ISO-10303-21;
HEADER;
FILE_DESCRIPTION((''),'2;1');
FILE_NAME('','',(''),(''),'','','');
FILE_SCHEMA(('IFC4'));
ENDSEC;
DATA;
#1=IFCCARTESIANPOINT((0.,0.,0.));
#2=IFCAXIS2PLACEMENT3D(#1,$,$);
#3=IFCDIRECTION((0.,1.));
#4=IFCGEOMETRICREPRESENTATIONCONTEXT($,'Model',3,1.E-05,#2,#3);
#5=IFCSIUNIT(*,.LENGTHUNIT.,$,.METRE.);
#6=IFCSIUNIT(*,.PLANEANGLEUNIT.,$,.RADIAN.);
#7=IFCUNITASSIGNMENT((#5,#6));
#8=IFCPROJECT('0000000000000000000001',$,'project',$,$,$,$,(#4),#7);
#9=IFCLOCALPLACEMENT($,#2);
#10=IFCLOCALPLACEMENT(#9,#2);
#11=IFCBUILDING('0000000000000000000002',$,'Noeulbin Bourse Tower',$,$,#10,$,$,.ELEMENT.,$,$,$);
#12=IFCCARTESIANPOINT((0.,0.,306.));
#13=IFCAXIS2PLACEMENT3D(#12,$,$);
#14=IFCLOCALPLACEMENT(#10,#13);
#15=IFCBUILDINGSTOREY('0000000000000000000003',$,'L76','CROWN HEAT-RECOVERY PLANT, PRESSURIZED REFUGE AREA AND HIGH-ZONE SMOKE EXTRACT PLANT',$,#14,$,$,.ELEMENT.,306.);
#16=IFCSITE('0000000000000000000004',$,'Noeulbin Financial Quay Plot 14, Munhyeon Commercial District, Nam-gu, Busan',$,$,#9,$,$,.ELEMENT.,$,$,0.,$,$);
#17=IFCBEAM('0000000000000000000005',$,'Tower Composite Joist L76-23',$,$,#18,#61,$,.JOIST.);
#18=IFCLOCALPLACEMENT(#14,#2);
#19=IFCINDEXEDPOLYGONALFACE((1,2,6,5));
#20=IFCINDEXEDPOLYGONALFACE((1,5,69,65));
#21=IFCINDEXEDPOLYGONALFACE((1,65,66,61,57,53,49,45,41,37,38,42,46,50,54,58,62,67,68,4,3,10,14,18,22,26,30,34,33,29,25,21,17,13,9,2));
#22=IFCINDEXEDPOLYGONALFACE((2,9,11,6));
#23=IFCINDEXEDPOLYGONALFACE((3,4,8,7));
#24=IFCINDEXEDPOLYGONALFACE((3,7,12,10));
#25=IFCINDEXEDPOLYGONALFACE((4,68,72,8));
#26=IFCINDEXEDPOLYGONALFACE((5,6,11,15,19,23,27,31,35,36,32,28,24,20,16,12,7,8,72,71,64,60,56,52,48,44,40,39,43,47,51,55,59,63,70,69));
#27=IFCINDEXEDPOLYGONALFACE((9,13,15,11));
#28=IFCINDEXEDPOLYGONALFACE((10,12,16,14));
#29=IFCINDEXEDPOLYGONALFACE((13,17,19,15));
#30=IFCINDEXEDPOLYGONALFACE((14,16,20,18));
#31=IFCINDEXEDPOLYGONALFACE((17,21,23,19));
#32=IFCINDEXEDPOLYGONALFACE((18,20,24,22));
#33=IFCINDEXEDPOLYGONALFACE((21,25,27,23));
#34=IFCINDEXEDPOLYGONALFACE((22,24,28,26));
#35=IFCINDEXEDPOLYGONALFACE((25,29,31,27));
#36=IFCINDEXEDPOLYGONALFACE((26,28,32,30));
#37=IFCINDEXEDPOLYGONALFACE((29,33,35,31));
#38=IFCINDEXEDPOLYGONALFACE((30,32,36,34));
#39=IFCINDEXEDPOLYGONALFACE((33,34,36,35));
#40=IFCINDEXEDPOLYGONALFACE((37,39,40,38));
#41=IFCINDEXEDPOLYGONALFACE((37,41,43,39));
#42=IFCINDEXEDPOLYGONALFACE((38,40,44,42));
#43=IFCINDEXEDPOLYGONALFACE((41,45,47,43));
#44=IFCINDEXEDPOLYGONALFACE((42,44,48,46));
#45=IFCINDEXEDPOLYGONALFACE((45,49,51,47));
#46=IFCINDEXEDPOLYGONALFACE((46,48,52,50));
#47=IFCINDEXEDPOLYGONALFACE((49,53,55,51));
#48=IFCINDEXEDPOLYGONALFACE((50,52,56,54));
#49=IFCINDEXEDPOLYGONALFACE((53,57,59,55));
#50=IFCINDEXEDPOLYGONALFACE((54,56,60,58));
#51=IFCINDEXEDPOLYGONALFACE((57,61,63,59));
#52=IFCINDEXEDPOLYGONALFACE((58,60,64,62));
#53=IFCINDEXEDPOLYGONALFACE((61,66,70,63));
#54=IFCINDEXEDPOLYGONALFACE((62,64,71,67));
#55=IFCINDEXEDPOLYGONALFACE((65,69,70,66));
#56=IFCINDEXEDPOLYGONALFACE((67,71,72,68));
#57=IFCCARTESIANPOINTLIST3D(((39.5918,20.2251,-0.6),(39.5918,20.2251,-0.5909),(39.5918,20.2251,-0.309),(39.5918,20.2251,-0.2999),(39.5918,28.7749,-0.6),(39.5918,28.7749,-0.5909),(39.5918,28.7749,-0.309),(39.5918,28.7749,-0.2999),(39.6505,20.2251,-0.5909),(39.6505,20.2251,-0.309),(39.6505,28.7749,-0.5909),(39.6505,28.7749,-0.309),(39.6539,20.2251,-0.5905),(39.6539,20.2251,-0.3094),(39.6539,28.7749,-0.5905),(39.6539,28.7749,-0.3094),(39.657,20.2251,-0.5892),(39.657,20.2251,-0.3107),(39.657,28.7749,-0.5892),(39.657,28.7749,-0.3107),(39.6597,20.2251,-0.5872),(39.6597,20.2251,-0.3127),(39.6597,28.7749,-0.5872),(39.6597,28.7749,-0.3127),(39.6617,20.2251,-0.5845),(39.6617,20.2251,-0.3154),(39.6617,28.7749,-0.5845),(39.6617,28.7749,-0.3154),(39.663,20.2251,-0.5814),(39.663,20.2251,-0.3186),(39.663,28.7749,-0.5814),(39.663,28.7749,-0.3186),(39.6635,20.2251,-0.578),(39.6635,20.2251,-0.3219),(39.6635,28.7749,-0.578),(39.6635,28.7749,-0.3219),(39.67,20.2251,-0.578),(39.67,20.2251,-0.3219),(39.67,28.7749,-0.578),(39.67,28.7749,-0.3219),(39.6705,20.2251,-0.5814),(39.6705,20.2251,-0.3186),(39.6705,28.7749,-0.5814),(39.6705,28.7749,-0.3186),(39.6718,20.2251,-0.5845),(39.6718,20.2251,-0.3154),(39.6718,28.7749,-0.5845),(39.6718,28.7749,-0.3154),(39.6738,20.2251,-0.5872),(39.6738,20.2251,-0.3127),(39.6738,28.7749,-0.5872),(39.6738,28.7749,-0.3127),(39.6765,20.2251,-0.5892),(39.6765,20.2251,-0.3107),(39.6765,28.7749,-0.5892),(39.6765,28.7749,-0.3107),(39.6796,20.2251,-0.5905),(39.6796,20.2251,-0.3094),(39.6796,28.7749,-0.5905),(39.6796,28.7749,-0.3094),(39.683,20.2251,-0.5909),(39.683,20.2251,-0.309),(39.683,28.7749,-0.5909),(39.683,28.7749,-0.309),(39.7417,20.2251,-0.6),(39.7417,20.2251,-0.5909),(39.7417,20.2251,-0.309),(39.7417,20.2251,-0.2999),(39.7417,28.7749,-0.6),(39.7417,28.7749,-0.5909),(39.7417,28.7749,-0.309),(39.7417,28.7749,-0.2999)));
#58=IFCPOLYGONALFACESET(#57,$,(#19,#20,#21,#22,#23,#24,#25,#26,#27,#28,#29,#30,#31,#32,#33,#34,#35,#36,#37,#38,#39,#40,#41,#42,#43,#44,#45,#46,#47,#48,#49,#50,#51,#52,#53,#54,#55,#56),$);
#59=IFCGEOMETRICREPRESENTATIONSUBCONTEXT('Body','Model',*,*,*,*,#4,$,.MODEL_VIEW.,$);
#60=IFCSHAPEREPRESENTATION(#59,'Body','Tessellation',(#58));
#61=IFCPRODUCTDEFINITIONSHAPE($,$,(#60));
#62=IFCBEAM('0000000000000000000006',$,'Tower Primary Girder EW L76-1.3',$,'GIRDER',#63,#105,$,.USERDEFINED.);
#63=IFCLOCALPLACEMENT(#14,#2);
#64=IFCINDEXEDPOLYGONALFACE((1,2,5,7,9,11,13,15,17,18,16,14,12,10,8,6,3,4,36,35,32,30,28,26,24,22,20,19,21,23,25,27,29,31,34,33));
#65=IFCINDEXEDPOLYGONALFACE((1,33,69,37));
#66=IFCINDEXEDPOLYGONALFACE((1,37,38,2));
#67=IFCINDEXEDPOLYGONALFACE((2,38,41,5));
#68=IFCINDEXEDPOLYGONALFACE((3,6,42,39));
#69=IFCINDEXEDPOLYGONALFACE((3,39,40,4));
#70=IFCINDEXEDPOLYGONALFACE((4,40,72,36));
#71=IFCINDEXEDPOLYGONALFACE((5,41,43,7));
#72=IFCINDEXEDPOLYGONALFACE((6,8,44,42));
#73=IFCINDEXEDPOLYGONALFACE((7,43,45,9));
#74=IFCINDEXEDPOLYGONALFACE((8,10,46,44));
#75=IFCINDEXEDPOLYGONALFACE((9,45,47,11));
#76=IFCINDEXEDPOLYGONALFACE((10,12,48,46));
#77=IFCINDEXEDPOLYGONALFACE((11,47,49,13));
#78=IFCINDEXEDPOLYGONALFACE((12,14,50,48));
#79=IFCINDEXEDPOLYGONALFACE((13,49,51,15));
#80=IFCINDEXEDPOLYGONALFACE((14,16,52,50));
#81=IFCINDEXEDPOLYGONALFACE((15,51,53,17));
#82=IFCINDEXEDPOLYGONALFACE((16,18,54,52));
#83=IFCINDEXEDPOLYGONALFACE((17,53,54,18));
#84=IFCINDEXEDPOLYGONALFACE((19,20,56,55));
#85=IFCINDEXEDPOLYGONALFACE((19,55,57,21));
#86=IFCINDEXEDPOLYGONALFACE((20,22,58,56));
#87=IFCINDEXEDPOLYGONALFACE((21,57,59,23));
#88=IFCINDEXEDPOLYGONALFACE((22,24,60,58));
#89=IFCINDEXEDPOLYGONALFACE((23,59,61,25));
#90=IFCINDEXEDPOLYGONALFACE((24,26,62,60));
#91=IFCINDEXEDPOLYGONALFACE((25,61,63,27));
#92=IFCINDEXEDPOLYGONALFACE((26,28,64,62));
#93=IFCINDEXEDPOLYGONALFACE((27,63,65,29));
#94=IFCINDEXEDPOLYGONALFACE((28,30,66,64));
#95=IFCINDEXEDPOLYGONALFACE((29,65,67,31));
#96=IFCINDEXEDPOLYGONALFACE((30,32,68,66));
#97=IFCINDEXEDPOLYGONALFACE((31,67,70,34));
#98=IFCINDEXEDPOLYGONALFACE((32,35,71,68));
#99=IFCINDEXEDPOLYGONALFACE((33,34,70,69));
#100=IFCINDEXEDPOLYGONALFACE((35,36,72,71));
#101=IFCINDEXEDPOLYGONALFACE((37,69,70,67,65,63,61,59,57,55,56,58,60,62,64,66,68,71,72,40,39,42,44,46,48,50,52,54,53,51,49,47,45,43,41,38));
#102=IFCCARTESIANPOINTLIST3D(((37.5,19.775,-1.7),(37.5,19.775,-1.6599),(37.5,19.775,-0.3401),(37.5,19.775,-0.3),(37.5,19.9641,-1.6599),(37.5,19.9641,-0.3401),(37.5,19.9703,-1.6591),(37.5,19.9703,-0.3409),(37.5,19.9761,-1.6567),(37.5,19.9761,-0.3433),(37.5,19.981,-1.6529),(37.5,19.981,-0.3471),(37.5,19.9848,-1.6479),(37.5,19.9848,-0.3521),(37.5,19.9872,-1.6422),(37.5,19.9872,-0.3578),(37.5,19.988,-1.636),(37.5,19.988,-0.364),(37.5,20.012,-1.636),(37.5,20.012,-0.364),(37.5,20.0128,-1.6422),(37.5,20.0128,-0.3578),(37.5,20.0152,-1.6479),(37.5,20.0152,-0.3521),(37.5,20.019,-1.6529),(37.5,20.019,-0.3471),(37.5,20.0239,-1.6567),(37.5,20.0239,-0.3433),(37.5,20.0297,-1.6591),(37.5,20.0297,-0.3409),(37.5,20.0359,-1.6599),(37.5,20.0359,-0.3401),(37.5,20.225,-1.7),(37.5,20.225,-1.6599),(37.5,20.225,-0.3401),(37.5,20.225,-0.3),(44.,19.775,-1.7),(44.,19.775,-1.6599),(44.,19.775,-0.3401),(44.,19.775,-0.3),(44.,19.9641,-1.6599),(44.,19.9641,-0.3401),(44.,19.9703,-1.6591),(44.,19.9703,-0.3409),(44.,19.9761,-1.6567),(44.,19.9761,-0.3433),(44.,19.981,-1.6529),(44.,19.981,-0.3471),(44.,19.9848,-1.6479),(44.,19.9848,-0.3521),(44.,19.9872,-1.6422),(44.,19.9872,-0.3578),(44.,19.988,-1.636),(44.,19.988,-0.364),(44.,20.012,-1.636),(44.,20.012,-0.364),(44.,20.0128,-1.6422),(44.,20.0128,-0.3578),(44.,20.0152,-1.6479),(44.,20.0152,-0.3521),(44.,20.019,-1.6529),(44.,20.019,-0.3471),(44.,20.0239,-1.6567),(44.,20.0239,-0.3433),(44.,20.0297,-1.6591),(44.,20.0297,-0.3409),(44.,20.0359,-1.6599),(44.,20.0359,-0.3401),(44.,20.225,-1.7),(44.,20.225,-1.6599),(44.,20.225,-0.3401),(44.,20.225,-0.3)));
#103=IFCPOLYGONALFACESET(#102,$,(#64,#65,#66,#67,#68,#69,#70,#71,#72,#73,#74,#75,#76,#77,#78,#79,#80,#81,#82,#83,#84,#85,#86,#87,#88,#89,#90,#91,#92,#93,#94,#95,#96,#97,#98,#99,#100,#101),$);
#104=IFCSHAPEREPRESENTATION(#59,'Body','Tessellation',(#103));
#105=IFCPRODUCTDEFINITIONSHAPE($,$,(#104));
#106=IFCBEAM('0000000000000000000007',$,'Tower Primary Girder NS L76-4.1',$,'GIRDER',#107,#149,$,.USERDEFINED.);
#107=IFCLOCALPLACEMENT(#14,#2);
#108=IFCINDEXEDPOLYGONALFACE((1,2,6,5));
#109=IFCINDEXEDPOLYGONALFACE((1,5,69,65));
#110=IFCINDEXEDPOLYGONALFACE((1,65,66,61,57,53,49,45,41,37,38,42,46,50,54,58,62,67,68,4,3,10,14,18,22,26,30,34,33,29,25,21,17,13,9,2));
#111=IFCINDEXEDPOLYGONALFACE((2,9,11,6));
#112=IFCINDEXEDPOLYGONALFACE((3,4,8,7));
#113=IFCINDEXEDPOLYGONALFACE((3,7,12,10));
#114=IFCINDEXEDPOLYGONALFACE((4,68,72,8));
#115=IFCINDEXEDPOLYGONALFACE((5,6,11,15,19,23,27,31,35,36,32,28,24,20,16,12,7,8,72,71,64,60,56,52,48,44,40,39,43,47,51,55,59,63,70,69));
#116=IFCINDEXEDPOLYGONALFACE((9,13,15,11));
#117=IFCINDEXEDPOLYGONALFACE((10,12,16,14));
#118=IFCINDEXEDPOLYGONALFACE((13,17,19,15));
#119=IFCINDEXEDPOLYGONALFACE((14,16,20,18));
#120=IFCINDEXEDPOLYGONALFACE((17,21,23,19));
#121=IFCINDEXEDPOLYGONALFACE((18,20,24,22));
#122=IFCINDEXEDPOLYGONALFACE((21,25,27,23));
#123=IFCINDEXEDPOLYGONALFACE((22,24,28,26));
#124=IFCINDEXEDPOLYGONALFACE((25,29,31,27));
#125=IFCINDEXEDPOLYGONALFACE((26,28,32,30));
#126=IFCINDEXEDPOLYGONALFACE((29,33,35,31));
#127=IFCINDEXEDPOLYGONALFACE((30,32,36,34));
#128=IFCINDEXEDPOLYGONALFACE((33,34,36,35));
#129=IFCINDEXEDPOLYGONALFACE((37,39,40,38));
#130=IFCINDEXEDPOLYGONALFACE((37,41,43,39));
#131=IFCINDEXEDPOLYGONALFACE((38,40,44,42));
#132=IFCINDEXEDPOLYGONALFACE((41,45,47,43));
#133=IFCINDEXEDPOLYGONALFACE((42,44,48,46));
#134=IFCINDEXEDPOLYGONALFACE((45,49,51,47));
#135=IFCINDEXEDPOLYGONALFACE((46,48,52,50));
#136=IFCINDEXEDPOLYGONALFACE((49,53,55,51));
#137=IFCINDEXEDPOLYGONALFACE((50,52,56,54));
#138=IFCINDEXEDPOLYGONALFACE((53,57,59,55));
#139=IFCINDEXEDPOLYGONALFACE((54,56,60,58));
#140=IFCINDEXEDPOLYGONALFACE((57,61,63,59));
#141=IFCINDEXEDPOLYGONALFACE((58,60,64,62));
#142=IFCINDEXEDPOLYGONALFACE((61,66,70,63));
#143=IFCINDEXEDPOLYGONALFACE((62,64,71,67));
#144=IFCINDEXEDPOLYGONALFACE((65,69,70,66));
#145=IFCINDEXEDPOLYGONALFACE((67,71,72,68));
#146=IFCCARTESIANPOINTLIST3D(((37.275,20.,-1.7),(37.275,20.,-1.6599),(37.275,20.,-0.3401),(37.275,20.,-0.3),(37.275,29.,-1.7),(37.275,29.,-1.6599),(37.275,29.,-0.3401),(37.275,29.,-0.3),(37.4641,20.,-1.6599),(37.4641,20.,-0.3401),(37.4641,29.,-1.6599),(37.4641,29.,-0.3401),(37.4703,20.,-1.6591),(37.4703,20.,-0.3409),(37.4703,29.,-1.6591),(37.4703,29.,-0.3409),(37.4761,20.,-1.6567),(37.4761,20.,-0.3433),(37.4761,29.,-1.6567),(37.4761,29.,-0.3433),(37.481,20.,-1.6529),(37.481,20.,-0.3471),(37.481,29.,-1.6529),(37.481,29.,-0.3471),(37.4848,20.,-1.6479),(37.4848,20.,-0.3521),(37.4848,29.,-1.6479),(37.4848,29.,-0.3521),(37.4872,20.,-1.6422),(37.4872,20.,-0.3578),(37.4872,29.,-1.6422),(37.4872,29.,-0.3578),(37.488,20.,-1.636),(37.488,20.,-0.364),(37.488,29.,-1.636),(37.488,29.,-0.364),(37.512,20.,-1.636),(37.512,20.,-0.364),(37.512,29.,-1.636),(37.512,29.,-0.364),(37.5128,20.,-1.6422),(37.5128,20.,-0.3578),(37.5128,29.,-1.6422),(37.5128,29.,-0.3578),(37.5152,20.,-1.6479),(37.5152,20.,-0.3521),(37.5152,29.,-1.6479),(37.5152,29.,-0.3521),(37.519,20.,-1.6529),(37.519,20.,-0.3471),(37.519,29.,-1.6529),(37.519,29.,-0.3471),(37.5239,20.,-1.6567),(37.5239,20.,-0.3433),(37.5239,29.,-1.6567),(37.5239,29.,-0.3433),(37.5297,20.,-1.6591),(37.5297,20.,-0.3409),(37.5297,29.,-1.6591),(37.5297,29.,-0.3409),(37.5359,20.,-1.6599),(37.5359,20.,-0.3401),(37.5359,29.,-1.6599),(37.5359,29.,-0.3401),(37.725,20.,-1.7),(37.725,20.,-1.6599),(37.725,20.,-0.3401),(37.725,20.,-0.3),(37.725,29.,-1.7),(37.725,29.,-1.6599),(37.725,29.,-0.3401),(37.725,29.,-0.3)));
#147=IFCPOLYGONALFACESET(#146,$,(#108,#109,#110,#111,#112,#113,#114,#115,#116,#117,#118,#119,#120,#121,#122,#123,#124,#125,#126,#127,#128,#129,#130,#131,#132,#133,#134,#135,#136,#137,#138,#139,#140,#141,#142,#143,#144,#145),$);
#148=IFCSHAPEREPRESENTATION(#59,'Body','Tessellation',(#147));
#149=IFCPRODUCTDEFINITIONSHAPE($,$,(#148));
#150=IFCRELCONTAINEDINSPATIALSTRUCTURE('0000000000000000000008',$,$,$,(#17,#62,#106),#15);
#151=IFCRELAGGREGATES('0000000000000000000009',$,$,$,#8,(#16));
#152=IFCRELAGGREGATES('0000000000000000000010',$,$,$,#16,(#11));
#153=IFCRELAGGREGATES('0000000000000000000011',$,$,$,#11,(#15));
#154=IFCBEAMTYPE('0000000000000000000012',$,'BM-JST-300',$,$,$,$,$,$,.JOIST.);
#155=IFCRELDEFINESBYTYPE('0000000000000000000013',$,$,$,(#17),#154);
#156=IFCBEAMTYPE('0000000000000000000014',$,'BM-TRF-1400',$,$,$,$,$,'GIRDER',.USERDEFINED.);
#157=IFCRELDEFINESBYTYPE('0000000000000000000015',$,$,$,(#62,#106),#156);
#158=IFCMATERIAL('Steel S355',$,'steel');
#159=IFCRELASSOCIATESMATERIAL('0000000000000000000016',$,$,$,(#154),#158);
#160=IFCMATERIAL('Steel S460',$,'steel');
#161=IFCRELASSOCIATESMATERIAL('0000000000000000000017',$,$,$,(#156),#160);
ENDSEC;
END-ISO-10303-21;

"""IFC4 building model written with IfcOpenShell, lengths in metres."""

from ifc_helpers import new_model, si_unit, direction, frame, origin, origin_2d, place, context, subcontext, project, spatial, i_section, extrude, material, material_profile, profile_set, type_object, element, save


model = new_model("IFC4")

# Units and contexts
model_context = context("Model", 3, precision=1e-05, world=origin(), true_north=direction((0.0, 1.0)))
body_context = subcontext(model_context, "Body", "Model", "MODEL_VIEW")
ifc_project = project(units=[si_unit("LENGTHUNIT", "METRE"), si_unit("PLANEANGLEUNIT", "RADIAN")], contexts=[model_context])

# Site, building, storey
site_placement = place(None, origin())
site = spatial("IfcSite", under=ifc_project, at=site_placement, Name="Noeulbin Financial Quay Plot 14, Munhyeon Commercial District, Nam-gu, Busan", CompositionType="ELEMENT", RefElevation=0.0)
building_placement = place(site_placement, origin())
building = spatial("IfcBuilding", under=site, at=building_placement, Name="Noeulbin Bourse Tower", CompositionType="ELEMENT")
storey_placement = place(building_placement, frame((0.0, 0.0, 306.0)))
storey = spatial("IfcBuildingStorey", under=building, at=storey_placement, Name="L76", Description="CROWN HEAT-RECOVERY PLANT, PRESSURIZED REFUGE AREA AND HIGH-ZONE SMOKE EXTRACT PLANT", CompositionType="ELEMENT", Elevation=306.0)

# Shared definitions
ifc_material_1 = material(Name="Steel S355", Category="steel")

# Beams
ifc_material_profile_1 = material_profile(ifc_material_1, i_section(OverallWidth=0.1499, OverallDepth=0.3, WebThickness=0.0066, FlangeThickness=0.009, FilletRadius=0.0129, at=origin_2d()), Name="H-300x150x6.5x9", Category="LoadBearing")
ifc_profile_set_1 = profile_set([ifc_material_profile_1], Name="Steel S355")
beam_type_1 = type_object("IfcBeamType", Name="BM-JST-300", PredefinedType="JOIST", material=ifc_profile_set_1)
for number, where, z_axis, x_axis, name in (
    (1, (39.6667, 20.2251, -0.45), (0.0, 1.0, 0.0), (-1.0, 0.0, 0.0), "Tower Composite Joist L76-23"),
):
    element("IfcBeam", number, at=place(storey_placement, frame(where, z_axis=z_axis, x_axis=x_axis)), inside=storey, type_object=beam_type_1, Name=name, PredefinedType="JOIST", context=body_context, shape_type="SweptSolid", body=[
        extrude(i_section(OverallWidth=0.1499, OverallDepth=0.3, WebThickness=0.0066, FlangeThickness=0.009, FilletRadius=0.0129, at=origin_2d()), origin(), (0.0, 0.0, 1.0), 8.5498),
    ])
ifc_material_2 = material(Name="Steel S460", Category="steel")
ifc_material_profile_2 = material_profile(ifc_material_2, i_section(OverallWidth=0.45, OverallDepth=1.3999, WebThickness=0.0239, FlangeThickness=0.04, FilletRadius=0.0239, at=origin_2d()), Name="PG-1400x450x24x40", Category="LoadBearing")
ifc_profile_set_2 = profile_set([ifc_material_profile_2], Name="Steel S460")
beam_type_2 = type_object("IfcBeamType", Name="BM-TRF-1400", ElementType="GIRDER", PredefinedType="USERDEFINED", material=ifc_profile_set_2)
beam_1_placement = place(storey_placement, frame((37.5, 20.0, -1.0), z_axis=(1.0, 0.0, 0.0), x_axis=(0.0, 1.0, 0.0)))
element("IfcBeam", 2, at=beam_1_placement, inside=storey, type_object=beam_type_2, Name="Tower Primary Girder EW L76-1.3", ObjectType="GIRDER", PredefinedType="USERDEFINED", context=body_context, shape_type="SweptSolid", body=[
    extrude(i_section(OverallWidth=0.45, OverallDepth=1.3999, WebThickness=0.0239, FlangeThickness=0.04, FilletRadius=0.0239, at=origin_2d()), origin(), (0.0, 0.0, 1.0), 6.5),
])
beam_2_placement = place(storey_placement, frame((37.5, 20.0, -1.0), z_axis=(0.0, 1.0, 0.0), x_axis=(-1.0, 0.0, 0.0)))
element("IfcBeam", 3, at=beam_2_placement, inside=storey, type_object=beam_type_2, Name="Tower Primary Girder NS L76-4.1", ObjectType="GIRDER", PredefinedType="USERDEFINED", context=body_context, shape_type="SweptSolid", body=[
    extrude(i_section(OverallWidth=0.45, OverallDepth=1.3999, WebThickness=0.0239, FlangeThickness=0.04, FilletRadius=0.0239, at=origin_2d()), origin(), (0.0, 0.0, 1.0), 9.0),
])

save(model, "model.ifc")
